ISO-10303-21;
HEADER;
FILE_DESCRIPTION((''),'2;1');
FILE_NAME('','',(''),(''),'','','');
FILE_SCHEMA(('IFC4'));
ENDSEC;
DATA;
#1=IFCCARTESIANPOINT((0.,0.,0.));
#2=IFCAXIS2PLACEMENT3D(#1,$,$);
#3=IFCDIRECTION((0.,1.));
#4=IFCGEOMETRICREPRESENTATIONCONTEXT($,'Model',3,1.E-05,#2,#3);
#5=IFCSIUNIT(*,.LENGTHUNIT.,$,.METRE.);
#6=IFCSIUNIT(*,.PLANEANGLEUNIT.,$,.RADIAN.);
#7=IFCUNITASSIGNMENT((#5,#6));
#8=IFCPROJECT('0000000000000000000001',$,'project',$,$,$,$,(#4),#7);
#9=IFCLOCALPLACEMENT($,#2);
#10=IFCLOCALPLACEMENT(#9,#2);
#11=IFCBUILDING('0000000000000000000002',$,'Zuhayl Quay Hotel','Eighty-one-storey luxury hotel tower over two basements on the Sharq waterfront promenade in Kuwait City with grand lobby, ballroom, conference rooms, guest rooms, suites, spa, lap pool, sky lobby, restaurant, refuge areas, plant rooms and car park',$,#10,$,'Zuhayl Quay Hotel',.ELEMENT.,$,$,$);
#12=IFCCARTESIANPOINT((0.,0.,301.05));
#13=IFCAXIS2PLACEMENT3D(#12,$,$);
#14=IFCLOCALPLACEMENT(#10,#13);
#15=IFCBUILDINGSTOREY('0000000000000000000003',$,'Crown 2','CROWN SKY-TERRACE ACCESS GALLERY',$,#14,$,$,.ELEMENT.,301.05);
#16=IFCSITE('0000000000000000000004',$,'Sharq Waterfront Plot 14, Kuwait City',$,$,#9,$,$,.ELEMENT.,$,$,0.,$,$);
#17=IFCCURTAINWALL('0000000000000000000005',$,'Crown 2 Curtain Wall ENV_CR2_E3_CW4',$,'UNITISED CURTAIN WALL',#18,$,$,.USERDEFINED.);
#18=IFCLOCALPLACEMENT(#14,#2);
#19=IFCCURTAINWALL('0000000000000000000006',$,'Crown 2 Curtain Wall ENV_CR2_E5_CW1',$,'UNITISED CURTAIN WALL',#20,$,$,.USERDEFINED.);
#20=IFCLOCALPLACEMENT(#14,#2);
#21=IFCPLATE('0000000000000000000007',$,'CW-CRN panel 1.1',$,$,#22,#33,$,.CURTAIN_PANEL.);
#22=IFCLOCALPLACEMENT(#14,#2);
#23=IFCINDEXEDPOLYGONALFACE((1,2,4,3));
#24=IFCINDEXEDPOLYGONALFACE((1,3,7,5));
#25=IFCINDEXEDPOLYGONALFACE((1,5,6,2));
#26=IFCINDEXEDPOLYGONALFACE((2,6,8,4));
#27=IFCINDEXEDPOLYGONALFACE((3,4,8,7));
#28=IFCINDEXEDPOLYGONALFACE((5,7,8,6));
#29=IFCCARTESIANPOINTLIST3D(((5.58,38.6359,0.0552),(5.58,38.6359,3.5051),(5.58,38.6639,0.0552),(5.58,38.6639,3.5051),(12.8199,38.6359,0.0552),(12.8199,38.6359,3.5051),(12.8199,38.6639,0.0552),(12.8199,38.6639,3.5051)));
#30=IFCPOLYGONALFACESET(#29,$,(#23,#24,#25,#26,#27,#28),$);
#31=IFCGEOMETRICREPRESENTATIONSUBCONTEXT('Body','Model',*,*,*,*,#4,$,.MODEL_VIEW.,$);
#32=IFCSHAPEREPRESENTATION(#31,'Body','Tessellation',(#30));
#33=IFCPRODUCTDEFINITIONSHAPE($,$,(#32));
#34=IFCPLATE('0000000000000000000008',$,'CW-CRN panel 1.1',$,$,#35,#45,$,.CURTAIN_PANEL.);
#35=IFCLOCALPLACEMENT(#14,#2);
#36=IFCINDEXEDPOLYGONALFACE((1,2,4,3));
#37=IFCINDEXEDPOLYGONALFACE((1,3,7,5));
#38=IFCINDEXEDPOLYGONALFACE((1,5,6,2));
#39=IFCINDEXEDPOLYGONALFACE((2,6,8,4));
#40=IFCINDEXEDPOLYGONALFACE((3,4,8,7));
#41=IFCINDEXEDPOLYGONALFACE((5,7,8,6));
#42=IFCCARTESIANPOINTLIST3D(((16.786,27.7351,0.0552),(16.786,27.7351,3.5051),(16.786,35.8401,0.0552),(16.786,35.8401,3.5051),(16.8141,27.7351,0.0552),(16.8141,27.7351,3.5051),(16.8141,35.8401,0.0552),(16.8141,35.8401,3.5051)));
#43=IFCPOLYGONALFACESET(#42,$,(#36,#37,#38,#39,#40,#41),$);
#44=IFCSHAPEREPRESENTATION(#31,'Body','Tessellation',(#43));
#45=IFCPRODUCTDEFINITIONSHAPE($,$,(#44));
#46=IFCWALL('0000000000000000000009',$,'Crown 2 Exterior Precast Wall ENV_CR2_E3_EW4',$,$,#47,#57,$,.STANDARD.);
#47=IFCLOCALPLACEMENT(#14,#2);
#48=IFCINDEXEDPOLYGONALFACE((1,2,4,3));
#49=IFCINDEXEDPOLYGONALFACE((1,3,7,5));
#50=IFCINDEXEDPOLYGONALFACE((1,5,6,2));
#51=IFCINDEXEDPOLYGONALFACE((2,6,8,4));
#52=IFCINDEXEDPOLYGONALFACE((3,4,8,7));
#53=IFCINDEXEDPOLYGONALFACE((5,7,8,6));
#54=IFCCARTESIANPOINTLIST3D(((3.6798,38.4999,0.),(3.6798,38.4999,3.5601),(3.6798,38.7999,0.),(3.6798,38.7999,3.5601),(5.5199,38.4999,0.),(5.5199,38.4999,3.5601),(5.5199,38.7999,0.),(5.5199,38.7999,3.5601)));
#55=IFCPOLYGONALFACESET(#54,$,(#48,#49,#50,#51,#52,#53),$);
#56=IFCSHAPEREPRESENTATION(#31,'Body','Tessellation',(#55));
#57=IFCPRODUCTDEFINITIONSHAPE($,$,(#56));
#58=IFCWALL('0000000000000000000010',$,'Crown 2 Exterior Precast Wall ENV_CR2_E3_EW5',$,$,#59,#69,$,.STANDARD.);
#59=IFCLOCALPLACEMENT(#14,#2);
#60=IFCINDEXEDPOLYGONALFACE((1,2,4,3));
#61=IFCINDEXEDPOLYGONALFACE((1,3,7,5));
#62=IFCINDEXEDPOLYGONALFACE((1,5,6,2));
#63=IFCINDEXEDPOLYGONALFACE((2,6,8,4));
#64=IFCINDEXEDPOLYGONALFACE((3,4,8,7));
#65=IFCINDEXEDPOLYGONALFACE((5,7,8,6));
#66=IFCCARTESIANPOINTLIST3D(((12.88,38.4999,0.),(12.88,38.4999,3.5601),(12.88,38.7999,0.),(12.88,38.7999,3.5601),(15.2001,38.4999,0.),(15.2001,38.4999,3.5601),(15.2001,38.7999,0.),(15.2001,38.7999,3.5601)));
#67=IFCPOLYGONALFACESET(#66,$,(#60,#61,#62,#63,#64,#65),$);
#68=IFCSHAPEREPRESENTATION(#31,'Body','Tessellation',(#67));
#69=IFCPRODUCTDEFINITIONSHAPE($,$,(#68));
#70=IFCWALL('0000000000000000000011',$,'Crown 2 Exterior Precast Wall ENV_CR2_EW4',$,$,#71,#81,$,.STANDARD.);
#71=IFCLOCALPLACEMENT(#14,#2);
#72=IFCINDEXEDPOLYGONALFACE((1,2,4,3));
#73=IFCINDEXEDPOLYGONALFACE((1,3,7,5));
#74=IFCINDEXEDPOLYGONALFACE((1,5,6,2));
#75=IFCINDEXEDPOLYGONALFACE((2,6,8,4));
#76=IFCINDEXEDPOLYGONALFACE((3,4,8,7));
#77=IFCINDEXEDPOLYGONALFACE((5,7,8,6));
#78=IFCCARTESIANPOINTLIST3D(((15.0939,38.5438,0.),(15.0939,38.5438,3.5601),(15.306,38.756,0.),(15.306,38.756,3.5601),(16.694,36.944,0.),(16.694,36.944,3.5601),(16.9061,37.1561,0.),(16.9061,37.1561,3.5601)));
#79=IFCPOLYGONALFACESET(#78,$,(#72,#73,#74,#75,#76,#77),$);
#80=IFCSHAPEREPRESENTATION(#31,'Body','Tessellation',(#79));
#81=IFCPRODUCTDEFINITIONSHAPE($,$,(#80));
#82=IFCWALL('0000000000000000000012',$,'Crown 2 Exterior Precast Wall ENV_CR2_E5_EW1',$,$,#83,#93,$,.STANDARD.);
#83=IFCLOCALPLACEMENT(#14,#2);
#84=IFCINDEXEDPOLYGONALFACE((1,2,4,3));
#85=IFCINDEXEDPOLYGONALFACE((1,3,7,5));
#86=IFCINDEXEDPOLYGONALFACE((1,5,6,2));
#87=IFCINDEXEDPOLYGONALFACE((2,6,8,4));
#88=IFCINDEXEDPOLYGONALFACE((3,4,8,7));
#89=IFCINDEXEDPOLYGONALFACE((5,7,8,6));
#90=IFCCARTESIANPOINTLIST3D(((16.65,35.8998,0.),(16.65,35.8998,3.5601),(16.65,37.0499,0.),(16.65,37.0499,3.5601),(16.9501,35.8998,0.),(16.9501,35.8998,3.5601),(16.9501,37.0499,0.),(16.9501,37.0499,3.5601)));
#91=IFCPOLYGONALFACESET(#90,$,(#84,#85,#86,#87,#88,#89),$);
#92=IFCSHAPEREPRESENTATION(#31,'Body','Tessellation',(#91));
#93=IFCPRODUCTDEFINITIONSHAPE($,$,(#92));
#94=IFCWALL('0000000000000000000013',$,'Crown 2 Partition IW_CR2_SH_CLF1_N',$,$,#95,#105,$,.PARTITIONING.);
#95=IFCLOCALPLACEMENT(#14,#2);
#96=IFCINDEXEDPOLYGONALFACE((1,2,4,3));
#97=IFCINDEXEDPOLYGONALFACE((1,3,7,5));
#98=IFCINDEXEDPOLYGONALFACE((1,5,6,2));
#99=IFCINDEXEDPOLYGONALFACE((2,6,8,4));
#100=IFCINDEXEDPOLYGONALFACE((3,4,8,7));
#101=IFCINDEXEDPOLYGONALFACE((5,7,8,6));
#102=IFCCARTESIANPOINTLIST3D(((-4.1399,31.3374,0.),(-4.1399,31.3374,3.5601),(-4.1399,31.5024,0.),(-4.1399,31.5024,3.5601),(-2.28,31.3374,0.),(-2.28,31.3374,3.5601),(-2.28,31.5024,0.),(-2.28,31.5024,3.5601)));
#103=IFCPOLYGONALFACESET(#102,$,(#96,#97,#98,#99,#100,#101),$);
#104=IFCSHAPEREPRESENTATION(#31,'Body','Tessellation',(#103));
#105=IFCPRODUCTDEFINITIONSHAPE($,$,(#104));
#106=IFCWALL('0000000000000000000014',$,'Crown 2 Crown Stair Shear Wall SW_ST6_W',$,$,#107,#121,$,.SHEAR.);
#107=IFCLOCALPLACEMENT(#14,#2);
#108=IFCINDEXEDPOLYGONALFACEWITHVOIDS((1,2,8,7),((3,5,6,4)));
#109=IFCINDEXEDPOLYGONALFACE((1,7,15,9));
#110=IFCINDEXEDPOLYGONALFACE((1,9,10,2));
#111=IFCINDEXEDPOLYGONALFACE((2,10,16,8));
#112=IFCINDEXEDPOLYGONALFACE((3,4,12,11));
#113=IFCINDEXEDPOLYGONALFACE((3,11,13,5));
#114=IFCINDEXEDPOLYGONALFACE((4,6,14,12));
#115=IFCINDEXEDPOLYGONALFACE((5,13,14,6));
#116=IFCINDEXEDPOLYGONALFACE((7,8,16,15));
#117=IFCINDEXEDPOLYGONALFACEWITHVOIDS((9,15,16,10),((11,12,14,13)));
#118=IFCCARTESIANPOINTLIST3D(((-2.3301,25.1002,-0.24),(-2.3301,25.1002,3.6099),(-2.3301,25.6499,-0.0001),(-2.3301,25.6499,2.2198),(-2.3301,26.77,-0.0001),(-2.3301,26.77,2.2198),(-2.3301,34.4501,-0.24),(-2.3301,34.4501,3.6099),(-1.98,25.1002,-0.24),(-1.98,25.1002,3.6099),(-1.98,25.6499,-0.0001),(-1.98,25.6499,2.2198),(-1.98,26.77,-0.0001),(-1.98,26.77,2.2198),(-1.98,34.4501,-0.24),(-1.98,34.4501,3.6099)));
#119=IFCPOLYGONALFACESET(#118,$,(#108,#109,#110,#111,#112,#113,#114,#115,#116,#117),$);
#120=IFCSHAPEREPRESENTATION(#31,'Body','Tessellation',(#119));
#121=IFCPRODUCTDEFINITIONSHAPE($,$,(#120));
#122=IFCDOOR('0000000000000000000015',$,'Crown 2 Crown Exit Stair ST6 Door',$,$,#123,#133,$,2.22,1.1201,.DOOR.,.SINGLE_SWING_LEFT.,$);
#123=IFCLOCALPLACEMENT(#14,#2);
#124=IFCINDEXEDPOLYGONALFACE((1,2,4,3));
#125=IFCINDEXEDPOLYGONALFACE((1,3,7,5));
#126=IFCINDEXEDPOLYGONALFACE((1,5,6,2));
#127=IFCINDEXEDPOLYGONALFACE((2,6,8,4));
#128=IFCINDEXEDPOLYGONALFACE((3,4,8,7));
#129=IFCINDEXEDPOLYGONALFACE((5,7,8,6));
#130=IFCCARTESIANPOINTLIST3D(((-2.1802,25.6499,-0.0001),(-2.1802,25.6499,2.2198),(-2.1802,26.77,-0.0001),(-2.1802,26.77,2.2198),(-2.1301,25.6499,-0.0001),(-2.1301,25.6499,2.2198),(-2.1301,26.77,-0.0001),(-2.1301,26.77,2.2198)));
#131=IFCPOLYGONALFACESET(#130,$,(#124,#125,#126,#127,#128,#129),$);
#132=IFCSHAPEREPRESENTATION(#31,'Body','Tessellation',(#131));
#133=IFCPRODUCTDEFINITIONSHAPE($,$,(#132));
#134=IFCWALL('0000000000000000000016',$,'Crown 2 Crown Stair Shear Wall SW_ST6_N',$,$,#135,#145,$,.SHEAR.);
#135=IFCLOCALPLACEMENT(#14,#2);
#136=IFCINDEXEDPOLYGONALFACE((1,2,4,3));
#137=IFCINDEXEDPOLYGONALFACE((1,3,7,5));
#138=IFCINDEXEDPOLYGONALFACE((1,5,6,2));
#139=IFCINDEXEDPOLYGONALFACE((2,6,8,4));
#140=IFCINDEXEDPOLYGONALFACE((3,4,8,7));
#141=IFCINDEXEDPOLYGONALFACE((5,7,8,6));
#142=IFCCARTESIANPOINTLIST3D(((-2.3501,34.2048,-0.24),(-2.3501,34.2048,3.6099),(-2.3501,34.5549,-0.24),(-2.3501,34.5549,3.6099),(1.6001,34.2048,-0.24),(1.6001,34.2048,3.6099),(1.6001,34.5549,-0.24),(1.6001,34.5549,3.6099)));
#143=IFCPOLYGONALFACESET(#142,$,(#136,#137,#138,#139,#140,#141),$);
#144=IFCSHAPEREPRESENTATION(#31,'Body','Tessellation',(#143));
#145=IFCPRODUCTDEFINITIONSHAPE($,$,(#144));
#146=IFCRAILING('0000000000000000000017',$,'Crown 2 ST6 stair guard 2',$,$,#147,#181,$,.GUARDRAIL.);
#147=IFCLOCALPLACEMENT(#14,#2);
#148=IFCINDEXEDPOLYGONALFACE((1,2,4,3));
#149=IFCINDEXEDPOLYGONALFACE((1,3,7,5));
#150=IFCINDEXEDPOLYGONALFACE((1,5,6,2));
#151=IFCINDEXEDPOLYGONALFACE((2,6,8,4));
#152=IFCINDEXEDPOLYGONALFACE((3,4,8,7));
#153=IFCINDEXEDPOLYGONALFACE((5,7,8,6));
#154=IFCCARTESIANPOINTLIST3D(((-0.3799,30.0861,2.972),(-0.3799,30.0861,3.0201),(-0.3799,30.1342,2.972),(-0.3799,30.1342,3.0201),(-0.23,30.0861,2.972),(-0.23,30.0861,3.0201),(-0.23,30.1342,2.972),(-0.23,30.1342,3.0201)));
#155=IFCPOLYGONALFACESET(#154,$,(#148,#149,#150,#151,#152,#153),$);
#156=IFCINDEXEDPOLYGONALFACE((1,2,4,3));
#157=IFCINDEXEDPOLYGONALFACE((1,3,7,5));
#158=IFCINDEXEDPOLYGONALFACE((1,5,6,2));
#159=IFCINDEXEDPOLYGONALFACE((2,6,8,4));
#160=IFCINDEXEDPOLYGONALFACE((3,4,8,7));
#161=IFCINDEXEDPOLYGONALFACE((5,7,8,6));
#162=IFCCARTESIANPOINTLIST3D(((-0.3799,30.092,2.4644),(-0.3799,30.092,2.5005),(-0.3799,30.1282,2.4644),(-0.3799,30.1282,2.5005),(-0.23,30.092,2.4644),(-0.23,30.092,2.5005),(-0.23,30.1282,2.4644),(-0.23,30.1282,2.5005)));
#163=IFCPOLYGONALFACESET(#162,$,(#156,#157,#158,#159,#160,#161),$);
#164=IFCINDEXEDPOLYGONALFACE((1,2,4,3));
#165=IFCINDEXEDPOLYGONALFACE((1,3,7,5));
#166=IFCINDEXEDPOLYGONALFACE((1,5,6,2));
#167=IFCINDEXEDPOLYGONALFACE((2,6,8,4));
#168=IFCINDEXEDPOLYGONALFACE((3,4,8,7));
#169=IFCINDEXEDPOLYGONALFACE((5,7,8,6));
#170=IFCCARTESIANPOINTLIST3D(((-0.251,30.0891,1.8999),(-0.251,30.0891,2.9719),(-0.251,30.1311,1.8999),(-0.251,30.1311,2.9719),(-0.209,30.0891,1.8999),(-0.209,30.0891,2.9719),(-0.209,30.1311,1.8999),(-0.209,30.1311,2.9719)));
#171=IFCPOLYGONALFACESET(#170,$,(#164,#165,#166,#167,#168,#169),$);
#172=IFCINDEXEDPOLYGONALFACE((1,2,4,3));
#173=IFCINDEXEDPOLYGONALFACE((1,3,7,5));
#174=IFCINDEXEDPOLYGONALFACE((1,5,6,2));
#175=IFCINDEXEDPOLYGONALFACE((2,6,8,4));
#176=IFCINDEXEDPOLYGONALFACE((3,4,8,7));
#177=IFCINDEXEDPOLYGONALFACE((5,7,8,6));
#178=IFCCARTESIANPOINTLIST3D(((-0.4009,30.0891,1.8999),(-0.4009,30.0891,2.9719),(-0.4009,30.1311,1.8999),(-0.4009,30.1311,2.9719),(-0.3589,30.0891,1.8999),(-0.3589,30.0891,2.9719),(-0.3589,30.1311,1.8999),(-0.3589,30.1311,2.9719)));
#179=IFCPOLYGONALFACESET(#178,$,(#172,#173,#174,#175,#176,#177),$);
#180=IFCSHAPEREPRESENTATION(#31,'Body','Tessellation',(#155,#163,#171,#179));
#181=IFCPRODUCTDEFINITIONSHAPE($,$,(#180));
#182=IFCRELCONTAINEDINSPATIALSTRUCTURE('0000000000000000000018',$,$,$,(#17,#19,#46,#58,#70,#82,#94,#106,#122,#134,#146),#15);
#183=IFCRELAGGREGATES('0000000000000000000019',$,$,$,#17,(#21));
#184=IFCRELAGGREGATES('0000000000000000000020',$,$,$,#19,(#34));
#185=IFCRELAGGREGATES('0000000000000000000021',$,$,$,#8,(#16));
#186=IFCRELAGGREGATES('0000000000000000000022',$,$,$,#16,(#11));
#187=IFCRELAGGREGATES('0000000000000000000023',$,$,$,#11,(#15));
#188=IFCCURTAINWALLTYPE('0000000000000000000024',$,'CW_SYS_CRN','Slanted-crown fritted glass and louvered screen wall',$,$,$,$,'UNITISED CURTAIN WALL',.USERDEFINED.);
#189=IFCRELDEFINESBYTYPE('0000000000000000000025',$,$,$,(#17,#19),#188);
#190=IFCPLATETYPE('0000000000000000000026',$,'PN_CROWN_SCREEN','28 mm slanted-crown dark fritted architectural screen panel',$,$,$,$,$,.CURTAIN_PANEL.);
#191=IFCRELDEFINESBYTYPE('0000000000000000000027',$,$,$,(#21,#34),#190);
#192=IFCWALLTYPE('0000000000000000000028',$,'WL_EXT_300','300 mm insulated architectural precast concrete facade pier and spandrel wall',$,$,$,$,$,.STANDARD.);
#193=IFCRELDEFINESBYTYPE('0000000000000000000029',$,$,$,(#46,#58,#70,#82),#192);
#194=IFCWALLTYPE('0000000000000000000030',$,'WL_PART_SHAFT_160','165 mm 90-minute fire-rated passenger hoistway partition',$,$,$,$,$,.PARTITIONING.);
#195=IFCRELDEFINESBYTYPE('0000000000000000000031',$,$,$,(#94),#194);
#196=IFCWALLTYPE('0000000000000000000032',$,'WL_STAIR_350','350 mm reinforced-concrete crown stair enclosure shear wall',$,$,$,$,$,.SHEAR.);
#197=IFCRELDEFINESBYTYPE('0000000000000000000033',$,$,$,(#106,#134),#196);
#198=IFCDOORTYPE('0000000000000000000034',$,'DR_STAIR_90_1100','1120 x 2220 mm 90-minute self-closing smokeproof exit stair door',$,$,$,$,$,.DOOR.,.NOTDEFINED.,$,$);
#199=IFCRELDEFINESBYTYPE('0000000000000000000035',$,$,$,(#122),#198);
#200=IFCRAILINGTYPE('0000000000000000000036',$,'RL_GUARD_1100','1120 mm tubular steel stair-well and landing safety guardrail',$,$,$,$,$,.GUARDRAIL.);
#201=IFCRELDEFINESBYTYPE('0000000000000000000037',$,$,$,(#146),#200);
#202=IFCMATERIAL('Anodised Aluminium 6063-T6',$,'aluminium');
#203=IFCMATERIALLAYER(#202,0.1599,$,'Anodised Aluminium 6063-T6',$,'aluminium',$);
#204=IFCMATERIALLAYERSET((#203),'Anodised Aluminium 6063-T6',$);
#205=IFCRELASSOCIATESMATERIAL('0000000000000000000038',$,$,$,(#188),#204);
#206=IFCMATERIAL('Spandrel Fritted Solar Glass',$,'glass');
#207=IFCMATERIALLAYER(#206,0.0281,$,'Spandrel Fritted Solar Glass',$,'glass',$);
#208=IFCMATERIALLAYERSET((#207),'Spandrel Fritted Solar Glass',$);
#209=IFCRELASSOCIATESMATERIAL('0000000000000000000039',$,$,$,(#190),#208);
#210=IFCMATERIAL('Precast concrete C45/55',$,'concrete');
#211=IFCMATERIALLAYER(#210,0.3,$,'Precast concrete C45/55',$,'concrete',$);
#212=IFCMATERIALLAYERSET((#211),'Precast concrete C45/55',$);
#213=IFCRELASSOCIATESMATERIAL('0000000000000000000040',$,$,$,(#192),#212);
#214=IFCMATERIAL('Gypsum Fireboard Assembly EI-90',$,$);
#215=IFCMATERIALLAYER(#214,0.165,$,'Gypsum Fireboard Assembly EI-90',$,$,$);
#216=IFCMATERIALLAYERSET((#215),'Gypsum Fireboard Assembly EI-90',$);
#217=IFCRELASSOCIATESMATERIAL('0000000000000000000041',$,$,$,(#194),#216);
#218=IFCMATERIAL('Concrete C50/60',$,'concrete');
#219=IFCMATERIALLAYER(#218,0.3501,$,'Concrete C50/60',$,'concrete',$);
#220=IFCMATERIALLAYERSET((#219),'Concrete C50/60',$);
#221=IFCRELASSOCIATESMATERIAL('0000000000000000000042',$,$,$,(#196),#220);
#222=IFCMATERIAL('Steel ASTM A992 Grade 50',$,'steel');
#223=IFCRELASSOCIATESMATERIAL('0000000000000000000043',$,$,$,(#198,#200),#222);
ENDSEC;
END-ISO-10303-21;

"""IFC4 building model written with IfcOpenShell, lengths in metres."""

from ifc_helpers import new_model, si_unit, direction, frame, frame_2d, origin, origin_2d, place, context, subcontext, project, spatial, rectangle, extrude, material, layer, layer_set, type_object, element, fill, aggregate, save


model = new_model("IFC4")

# Units and contexts
model_context = context("Model", 3, precision=1e-05, world=origin(), true_north=direction((0.0, 1.0)))
body_context = subcontext(model_context, "Body", "Model", "MODEL_VIEW")
ifc_project = project(units=[si_unit("LENGTHUNIT", "METRE"), si_unit("PLANEANGLEUNIT", "RADIAN")], contexts=[model_context])

# Site, building, storey
site_placement = place(None, origin())
site = spatial("IfcSite", under=ifc_project, at=site_placement, Name="Sharq Waterfront Plot 14, Kuwait City", CompositionType="ELEMENT", RefElevation=0.0)
building_placement = place(site_placement, origin())
building = spatial("IfcBuilding", under=site, at=building_placement, Name="Zuhayl Quay Hotel", Description="Eighty-one-storey luxury hotel tower over two basements on the Sharq waterfront promenade in Kuwait City with grand lobby, ballroom, conference rooms, guest rooms, suites, spa, lap pool, sky lobby, restaurant, refuge areas, plant rooms and car park", LongName="Zuhayl Quay Hotel", CompositionType="ELEMENT")
storey_placement = place(building_placement, frame((0.0, 0.0, 301.05)))
storey = spatial("IfcBuildingStorey", under=building, at=storey_placement, Name="Crown 2", Description="CROWN SKY-TERRACE ACCESS GALLERY", CompositionType="ELEMENT", Elevation=301.05)

# Curtain wall
ifc_material_1 = material(Name="Anodised Aluminium 6063-T6", Category="aluminium")
ifc_layer_1 = layer(ifc_material_1, 0.1599, Name="Anodised Aluminium 6063-T6", Category="aluminium")
ifc_layer_set_1 = layer_set([ifc_layer_1], Name="Anodised Aluminium 6063-T6")
curtain_wall_type = type_object("IfcCurtainWallType", Name="CW_SYS_CRN", Description="Slanted-crown fritted glass and louvered screen wall", ElementType="UNITISED CURTAIN WALL", PredefinedType="USERDEFINED", material=ifc_layer_set_1)
curtain_wall_1_placement = place(storey_placement, origin())
curtain_wall_1 = element("IfcCurtainWall", 1, at=curtain_wall_1_placement, inside=storey, type_object=curtain_wall_type, Name="Crown 2 Curtain Wall ENV_CR2_E3_CW4", ObjectType="UNITISED CURTAIN WALL", PredefinedType="USERDEFINED")

# Curtain wall
curtain_wall_2_placement = place(storey_placement, origin())
curtain_wall_2 = element("IfcCurtainWall", 2, at=curtain_wall_2_placement, inside=storey, type_object=curtain_wall_type, Name="Crown 2 Curtain Wall ENV_CR2_E5_CW1", ObjectType="UNITISED CURTAIN WALL", PredefinedType="USERDEFINED")

# Plates
ifc_material_2 = material(Name="Spandrel Fritted Solar Glass", Category="glass")
ifc_layer_2 = layer(ifc_material_2, 0.0281, Name="Spandrel Fritted Solar Glass", Category="glass")
ifc_layer_set_2 = layer_set([ifc_layer_2], Name="Spandrel Fritted Solar Glass")
plate_type = type_object("IfcPlateType", Name="PN_CROWN_SCREEN", Description="28 mm slanted-crown dark fritted architectural screen panel", PredefinedType="CURTAIN_PANEL", material=ifc_layer_set_2)
plate_1_placement = place(storey_placement, frame((9.2, 38.6499, 0.0552), z_axis=(0.0, 0.0, 1.0), x_axis=(1.0, 0.0, 0.0)))
plate_1 = element("IfcPlate", 3, at=plate_1_placement, type_object=plate_type, Name="CW-CRN panel 1.1", PredefinedType="CURTAIN_PANEL", context=body_context, shape_type="SweptSolid", body=[
    extrude(rectangle(XDim=7.24, YDim=0.0281, at=origin_2d()), origin(), (0.0, 0.0, 1.0), 3.45),
])
aggregate(curtain_wall_1, [plate_1])
plate_2_placement = place(storey_placement, frame((16.8, 31.7876, 0.0552), z_axis=(0.0, 0.0, 1.0), x_axis=(0.0, -1.0, 0.0)))
plate_2 = element("IfcPlate", 4, at=plate_2_placement, type_object=plate_type, Name="CW-CRN panel 1.1", PredefinedType="CURTAIN_PANEL", context=body_context, shape_type="SweptSolid", body=[
    extrude(rectangle(XDim=8.105, YDim=0.0281, at=origin_2d()), origin(), (0.0, 0.0, 1.0), 3.45),
])
aggregate(curtain_wall_2, [plate_2])

# Walls
ifc_material_3 = material(Name="Precast concrete C45/55", Category="concrete")
ifc_layer_3 = layer(ifc_material_3, 0.3, Name="Precast concrete C45/55", Category="concrete")
ifc_layer_set_3 = layer_set([ifc_layer_3], Name="Precast concrete C45/55")
wall_type_1 = type_object("IfcWallType", Name="WL_EXT_300", Description="300 mm insulated architectural precast concrete facade pier and spandrel wall", PredefinedType="STANDARD", material=ifc_layer_set_3)
wall_1_placement = place(storey_placement, frame((3.6799, 38.6499, 0.0), z_axis=(0.0, 0.0, 1.0), x_axis=(1.0, 0.0, 0.0)))
element("IfcWall", 5, at=wall_1_placement, inside=storey, type_object=wall_type_1, Name="Crown 2 Exterior Precast Wall ENV_CR2_E3_EW4", PredefinedType="STANDARD", context=body_context, shape_type="SweptSolid", body=[
    extrude(rectangle(XDim=1.8401, YDim=0.3, at=frame_2d((0.9199, 0.0))), origin(), (0.0, 0.0, 1.0), 3.5601),
])
wall_2_placement = place(storey_placement, frame((12.8799, 38.6499, 0.0), z_axis=(0.0, 0.0, 1.0), x_axis=(1.0, 0.0, 0.0)))
element("IfcWall", 6, at=wall_2_placement, inside=storey, type_object=wall_type_1, Name="Crown 2 Exterior Precast Wall ENV_CR2_E3_EW5", PredefinedType="STANDARD", context=body_context, shape_type="SweptSolid", body=[
    extrude(rectangle(XDim=2.3201, YDim=0.3, at=frame_2d((1.1602, 0.0))), origin(), (0.0, 0.0, 1.0), 3.5601),
])
wall_3_placement = place(storey_placement, frame((15.2, 38.6499, 0.0), z_axis=(0.0, 0.0, 1.0), x_axis=(0.707161, -0.707053, 0.0)))
element("IfcWall", 7, at=wall_3_placement, inside=storey, type_object=wall_type_1, Name="Crown 2 Exterior Precast Wall ENV_CR2_EW4", PredefinedType="STANDARD", context=body_context, shape_type="SweptSolid", body=[
    extrude(rectangle(XDim=2.2627, YDim=0.3, at=frame_2d((1.1313, 0.0))), origin(), (0.0, 0.0, 1.0), 3.5601),
])
wall_4_placement = place(storey_placement, frame((16.8, 37.05, 0.0), z_axis=(0.0, 0.0, 1.0), x_axis=(0.0, -1.0, 0.0)))
element("IfcWall", 8, at=wall_4_placement, inside=storey, type_object=wall_type_1, Name="Crown 2 Exterior Precast Wall ENV_CR2_E5_EW1", PredefinedType="STANDARD", context=body_context, shape_type="SweptSolid", body=[
    extrude(rectangle(XDim=1.1501, YDim=0.3, at=frame_2d((0.5752, 0.0))), origin(), (0.0, 0.0, 1.0), 3.5601),
])
ifc_material_4 = material(Name="Gypsum Fireboard Assembly EI-90")
ifc_layer_4 = layer(ifc_material_4, 0.165, Name="Gypsum Fireboard Assembly EI-90")
ifc_layer_set_4 = layer_set([ifc_layer_4], Name="Gypsum Fireboard Assembly EI-90")
wall_type_2 = type_object("IfcWallType", Name="WL_PART_SHAFT_160", Description="165 mm 90-minute fire-rated passenger hoistway partition", PredefinedType="PARTITIONING", material=ifc_layer_set_4)
wall_5_placement = place(storey_placement, frame((-4.1399, 31.4199, 0.0), z_axis=(0.0, 0.0, 1.0), x_axis=(1.0, 0.0, 0.0)))
element("IfcWall", 9, at=wall_5_placement, inside=storey, type_object=wall_type_2, Name="Crown 2 Partition IW_CR2_SH_CLF1_N", PredefinedType="PARTITIONING", context=body_context, shape_type="SweptSolid", body=[
    extrude(rectangle(XDim=1.8599, YDim=0.165, at=frame_2d((0.9299, 0.0))), origin(), (0.0, 0.0, 1.0), 3.5601),
])

# Wall, opening, door
ifc_material_5 = material(Name="Concrete C50/60", Category="concrete")
ifc_layer_5 = layer(ifc_material_5, 0.3501, Name="Concrete C50/60", Category="concrete")
ifc_layer_set_5 = layer_set([ifc_layer_5], Name="Concrete C50/60")
wall_type_3 = type_object("IfcWallType", Name="WL_STAIR_350", Description="350 mm reinforced-concrete crown stair enclosure shear wall", PredefinedType="SHEAR", material=ifc_layer_set_5)
wall_6_placement = place(storey_placement, frame((-2.155, 34.45, -0.24), z_axis=(0.0, 0.0, 1.0), x_axis=(0.0, -1.0, 0.0)))
wall_6 = element("IfcWall", 10, at=wall_6_placement, inside=storey, type_object=wall_type_3, Name="Crown 2 Crown Stair Shear Wall SW_ST6_W", PredefinedType="SHEAR", context=body_context, shape_type="SweptSolid", body=[
    extrude(rectangle(XDim=9.3499, YDim=0.3501, at=frame_2d((4.6748, 0.0))), origin(), (0.0, 0.0, 1.0), 3.8499),
])
opening_placement = place(wall_6_placement, frame((7.6799, 0.0, 0.24)))
opening = element("IfcOpeningElement", 11, at=opening_placement, cuts=wall_6, PredefinedType="OPENING", context=body_context, shape_type="SweptSolid", body=[
    extrude(rectangle(XDim=1.1201, YDim=2.22, at=frame_2d((0.5601, 1.1099))), frame((0.0, 0.1851, 0.0), z_axis=(0.0, -1.0, 0.0), x_axis=(1.0, 0.0, 0.0)), (0.0, 0.0, 1.0), 0.3701),
])
ifc_material_6 = material(Name="Steel ASTM A992 Grade 50", Category="steel")
door_type = type_object("IfcDoorType", Name="DR_STAIR_90_1100", Description="1120 x 2220 mm 90-minute self-closing smokeproof exit stair door", OperationType="NOTDEFINED", PredefinedType="DOOR", material=ifc_material_6)
door_placement = place(opening_placement, origin())
door = element("IfcDoor", 12, at=door_placement, inside=storey, type_object=door_type, Name="Crown 2 Crown Exit Stair ST6 Door", OperationType="SINGLE_SWING_LEFT", OverallHeight=2.22, OverallWidth=1.1201, PredefinedType="DOOR", context=body_context, shape_type="SweptSolid", body=[
    extrude(rectangle(XDim=1.1201, YDim=2.22, at=frame_2d((0.5601, 1.1099))), frame((0.0, 0.0249, 0.0), z_axis=(0.0, -1.0, 0.0), x_axis=(1.0, 0.0, 0.0)), (0.0, 0.0, 1.0), 0.05),
])
fill(opening, door)

# Wall
wall_7_placement = place(storey_placement, frame((-2.3501, 34.3799, -0.24), z_axis=(0.0, 0.0, 1.0), x_axis=(1.0, 0.0, 0.0)))
element("IfcWall", 13, at=wall_7_placement, inside=storey, type_object=wall_type_3, Name="Crown 2 Crown Stair Shear Wall SW_ST6_N", PredefinedType="SHEAR", context=body_context, shape_type="SweptSolid", body=[
    extrude(rectangle(XDim=3.9502, YDim=0.3501, at=frame_2d((1.9751, 0.0))), origin(), (0.0, 0.0, 1.0), 3.8499),
])

# Railing
railing_type_1 = type_object("IfcRailingType", Name="RL_GUARD_1100", Description="1120 mm tubular steel stair-well and landing safety guardrail", PredefinedType="GUARDRAIL", material=ifc_material_6)
railing_1_placement = place(storey_placement, frame((-0.23, 30.1101, 1.8999)))
element("IfcRailing", 14, at=railing_1_placement, inside=storey, type_object=railing_type_1, Name="Crown 2 ST6 stair guard 2", PredefinedType="GUARDRAIL", context=body_context, shape_type="SweptSolid", body=[
    extrude(rectangle(XDim=0.0481, YDim=0.0481, at=origin_2d()), frame((0.0, 0.0, 1.0962), z_axis=(-1.0, 0.0, 0.0), x_axis=(0.0, -1.0, 0.0)), (0.0, 0.0, 1.0), 0.1499),
    extrude(rectangle(XDim=0.0361, YDim=0.0361, at=origin_2d()), frame((0.0, 0.0, 0.5825), z_axis=(-1.0, 0.0, 0.0), x_axis=(0.0, -1.0, 0.0)), (0.0, 0.0, 1.0), 0.1499),
    extrude(rectangle(XDim=0.042, YDim=0.042, at=origin_2d()), origin(), (0.0, 0.0, 1.0), 1.072),
    extrude(rectangle(XDim=0.042, YDim=0.042, at=origin_2d()), frame((-0.1499, 0.0, 0.0)), (0.0, 0.0, 1.0), 1.072),
])

save(model, "model.ifc")
